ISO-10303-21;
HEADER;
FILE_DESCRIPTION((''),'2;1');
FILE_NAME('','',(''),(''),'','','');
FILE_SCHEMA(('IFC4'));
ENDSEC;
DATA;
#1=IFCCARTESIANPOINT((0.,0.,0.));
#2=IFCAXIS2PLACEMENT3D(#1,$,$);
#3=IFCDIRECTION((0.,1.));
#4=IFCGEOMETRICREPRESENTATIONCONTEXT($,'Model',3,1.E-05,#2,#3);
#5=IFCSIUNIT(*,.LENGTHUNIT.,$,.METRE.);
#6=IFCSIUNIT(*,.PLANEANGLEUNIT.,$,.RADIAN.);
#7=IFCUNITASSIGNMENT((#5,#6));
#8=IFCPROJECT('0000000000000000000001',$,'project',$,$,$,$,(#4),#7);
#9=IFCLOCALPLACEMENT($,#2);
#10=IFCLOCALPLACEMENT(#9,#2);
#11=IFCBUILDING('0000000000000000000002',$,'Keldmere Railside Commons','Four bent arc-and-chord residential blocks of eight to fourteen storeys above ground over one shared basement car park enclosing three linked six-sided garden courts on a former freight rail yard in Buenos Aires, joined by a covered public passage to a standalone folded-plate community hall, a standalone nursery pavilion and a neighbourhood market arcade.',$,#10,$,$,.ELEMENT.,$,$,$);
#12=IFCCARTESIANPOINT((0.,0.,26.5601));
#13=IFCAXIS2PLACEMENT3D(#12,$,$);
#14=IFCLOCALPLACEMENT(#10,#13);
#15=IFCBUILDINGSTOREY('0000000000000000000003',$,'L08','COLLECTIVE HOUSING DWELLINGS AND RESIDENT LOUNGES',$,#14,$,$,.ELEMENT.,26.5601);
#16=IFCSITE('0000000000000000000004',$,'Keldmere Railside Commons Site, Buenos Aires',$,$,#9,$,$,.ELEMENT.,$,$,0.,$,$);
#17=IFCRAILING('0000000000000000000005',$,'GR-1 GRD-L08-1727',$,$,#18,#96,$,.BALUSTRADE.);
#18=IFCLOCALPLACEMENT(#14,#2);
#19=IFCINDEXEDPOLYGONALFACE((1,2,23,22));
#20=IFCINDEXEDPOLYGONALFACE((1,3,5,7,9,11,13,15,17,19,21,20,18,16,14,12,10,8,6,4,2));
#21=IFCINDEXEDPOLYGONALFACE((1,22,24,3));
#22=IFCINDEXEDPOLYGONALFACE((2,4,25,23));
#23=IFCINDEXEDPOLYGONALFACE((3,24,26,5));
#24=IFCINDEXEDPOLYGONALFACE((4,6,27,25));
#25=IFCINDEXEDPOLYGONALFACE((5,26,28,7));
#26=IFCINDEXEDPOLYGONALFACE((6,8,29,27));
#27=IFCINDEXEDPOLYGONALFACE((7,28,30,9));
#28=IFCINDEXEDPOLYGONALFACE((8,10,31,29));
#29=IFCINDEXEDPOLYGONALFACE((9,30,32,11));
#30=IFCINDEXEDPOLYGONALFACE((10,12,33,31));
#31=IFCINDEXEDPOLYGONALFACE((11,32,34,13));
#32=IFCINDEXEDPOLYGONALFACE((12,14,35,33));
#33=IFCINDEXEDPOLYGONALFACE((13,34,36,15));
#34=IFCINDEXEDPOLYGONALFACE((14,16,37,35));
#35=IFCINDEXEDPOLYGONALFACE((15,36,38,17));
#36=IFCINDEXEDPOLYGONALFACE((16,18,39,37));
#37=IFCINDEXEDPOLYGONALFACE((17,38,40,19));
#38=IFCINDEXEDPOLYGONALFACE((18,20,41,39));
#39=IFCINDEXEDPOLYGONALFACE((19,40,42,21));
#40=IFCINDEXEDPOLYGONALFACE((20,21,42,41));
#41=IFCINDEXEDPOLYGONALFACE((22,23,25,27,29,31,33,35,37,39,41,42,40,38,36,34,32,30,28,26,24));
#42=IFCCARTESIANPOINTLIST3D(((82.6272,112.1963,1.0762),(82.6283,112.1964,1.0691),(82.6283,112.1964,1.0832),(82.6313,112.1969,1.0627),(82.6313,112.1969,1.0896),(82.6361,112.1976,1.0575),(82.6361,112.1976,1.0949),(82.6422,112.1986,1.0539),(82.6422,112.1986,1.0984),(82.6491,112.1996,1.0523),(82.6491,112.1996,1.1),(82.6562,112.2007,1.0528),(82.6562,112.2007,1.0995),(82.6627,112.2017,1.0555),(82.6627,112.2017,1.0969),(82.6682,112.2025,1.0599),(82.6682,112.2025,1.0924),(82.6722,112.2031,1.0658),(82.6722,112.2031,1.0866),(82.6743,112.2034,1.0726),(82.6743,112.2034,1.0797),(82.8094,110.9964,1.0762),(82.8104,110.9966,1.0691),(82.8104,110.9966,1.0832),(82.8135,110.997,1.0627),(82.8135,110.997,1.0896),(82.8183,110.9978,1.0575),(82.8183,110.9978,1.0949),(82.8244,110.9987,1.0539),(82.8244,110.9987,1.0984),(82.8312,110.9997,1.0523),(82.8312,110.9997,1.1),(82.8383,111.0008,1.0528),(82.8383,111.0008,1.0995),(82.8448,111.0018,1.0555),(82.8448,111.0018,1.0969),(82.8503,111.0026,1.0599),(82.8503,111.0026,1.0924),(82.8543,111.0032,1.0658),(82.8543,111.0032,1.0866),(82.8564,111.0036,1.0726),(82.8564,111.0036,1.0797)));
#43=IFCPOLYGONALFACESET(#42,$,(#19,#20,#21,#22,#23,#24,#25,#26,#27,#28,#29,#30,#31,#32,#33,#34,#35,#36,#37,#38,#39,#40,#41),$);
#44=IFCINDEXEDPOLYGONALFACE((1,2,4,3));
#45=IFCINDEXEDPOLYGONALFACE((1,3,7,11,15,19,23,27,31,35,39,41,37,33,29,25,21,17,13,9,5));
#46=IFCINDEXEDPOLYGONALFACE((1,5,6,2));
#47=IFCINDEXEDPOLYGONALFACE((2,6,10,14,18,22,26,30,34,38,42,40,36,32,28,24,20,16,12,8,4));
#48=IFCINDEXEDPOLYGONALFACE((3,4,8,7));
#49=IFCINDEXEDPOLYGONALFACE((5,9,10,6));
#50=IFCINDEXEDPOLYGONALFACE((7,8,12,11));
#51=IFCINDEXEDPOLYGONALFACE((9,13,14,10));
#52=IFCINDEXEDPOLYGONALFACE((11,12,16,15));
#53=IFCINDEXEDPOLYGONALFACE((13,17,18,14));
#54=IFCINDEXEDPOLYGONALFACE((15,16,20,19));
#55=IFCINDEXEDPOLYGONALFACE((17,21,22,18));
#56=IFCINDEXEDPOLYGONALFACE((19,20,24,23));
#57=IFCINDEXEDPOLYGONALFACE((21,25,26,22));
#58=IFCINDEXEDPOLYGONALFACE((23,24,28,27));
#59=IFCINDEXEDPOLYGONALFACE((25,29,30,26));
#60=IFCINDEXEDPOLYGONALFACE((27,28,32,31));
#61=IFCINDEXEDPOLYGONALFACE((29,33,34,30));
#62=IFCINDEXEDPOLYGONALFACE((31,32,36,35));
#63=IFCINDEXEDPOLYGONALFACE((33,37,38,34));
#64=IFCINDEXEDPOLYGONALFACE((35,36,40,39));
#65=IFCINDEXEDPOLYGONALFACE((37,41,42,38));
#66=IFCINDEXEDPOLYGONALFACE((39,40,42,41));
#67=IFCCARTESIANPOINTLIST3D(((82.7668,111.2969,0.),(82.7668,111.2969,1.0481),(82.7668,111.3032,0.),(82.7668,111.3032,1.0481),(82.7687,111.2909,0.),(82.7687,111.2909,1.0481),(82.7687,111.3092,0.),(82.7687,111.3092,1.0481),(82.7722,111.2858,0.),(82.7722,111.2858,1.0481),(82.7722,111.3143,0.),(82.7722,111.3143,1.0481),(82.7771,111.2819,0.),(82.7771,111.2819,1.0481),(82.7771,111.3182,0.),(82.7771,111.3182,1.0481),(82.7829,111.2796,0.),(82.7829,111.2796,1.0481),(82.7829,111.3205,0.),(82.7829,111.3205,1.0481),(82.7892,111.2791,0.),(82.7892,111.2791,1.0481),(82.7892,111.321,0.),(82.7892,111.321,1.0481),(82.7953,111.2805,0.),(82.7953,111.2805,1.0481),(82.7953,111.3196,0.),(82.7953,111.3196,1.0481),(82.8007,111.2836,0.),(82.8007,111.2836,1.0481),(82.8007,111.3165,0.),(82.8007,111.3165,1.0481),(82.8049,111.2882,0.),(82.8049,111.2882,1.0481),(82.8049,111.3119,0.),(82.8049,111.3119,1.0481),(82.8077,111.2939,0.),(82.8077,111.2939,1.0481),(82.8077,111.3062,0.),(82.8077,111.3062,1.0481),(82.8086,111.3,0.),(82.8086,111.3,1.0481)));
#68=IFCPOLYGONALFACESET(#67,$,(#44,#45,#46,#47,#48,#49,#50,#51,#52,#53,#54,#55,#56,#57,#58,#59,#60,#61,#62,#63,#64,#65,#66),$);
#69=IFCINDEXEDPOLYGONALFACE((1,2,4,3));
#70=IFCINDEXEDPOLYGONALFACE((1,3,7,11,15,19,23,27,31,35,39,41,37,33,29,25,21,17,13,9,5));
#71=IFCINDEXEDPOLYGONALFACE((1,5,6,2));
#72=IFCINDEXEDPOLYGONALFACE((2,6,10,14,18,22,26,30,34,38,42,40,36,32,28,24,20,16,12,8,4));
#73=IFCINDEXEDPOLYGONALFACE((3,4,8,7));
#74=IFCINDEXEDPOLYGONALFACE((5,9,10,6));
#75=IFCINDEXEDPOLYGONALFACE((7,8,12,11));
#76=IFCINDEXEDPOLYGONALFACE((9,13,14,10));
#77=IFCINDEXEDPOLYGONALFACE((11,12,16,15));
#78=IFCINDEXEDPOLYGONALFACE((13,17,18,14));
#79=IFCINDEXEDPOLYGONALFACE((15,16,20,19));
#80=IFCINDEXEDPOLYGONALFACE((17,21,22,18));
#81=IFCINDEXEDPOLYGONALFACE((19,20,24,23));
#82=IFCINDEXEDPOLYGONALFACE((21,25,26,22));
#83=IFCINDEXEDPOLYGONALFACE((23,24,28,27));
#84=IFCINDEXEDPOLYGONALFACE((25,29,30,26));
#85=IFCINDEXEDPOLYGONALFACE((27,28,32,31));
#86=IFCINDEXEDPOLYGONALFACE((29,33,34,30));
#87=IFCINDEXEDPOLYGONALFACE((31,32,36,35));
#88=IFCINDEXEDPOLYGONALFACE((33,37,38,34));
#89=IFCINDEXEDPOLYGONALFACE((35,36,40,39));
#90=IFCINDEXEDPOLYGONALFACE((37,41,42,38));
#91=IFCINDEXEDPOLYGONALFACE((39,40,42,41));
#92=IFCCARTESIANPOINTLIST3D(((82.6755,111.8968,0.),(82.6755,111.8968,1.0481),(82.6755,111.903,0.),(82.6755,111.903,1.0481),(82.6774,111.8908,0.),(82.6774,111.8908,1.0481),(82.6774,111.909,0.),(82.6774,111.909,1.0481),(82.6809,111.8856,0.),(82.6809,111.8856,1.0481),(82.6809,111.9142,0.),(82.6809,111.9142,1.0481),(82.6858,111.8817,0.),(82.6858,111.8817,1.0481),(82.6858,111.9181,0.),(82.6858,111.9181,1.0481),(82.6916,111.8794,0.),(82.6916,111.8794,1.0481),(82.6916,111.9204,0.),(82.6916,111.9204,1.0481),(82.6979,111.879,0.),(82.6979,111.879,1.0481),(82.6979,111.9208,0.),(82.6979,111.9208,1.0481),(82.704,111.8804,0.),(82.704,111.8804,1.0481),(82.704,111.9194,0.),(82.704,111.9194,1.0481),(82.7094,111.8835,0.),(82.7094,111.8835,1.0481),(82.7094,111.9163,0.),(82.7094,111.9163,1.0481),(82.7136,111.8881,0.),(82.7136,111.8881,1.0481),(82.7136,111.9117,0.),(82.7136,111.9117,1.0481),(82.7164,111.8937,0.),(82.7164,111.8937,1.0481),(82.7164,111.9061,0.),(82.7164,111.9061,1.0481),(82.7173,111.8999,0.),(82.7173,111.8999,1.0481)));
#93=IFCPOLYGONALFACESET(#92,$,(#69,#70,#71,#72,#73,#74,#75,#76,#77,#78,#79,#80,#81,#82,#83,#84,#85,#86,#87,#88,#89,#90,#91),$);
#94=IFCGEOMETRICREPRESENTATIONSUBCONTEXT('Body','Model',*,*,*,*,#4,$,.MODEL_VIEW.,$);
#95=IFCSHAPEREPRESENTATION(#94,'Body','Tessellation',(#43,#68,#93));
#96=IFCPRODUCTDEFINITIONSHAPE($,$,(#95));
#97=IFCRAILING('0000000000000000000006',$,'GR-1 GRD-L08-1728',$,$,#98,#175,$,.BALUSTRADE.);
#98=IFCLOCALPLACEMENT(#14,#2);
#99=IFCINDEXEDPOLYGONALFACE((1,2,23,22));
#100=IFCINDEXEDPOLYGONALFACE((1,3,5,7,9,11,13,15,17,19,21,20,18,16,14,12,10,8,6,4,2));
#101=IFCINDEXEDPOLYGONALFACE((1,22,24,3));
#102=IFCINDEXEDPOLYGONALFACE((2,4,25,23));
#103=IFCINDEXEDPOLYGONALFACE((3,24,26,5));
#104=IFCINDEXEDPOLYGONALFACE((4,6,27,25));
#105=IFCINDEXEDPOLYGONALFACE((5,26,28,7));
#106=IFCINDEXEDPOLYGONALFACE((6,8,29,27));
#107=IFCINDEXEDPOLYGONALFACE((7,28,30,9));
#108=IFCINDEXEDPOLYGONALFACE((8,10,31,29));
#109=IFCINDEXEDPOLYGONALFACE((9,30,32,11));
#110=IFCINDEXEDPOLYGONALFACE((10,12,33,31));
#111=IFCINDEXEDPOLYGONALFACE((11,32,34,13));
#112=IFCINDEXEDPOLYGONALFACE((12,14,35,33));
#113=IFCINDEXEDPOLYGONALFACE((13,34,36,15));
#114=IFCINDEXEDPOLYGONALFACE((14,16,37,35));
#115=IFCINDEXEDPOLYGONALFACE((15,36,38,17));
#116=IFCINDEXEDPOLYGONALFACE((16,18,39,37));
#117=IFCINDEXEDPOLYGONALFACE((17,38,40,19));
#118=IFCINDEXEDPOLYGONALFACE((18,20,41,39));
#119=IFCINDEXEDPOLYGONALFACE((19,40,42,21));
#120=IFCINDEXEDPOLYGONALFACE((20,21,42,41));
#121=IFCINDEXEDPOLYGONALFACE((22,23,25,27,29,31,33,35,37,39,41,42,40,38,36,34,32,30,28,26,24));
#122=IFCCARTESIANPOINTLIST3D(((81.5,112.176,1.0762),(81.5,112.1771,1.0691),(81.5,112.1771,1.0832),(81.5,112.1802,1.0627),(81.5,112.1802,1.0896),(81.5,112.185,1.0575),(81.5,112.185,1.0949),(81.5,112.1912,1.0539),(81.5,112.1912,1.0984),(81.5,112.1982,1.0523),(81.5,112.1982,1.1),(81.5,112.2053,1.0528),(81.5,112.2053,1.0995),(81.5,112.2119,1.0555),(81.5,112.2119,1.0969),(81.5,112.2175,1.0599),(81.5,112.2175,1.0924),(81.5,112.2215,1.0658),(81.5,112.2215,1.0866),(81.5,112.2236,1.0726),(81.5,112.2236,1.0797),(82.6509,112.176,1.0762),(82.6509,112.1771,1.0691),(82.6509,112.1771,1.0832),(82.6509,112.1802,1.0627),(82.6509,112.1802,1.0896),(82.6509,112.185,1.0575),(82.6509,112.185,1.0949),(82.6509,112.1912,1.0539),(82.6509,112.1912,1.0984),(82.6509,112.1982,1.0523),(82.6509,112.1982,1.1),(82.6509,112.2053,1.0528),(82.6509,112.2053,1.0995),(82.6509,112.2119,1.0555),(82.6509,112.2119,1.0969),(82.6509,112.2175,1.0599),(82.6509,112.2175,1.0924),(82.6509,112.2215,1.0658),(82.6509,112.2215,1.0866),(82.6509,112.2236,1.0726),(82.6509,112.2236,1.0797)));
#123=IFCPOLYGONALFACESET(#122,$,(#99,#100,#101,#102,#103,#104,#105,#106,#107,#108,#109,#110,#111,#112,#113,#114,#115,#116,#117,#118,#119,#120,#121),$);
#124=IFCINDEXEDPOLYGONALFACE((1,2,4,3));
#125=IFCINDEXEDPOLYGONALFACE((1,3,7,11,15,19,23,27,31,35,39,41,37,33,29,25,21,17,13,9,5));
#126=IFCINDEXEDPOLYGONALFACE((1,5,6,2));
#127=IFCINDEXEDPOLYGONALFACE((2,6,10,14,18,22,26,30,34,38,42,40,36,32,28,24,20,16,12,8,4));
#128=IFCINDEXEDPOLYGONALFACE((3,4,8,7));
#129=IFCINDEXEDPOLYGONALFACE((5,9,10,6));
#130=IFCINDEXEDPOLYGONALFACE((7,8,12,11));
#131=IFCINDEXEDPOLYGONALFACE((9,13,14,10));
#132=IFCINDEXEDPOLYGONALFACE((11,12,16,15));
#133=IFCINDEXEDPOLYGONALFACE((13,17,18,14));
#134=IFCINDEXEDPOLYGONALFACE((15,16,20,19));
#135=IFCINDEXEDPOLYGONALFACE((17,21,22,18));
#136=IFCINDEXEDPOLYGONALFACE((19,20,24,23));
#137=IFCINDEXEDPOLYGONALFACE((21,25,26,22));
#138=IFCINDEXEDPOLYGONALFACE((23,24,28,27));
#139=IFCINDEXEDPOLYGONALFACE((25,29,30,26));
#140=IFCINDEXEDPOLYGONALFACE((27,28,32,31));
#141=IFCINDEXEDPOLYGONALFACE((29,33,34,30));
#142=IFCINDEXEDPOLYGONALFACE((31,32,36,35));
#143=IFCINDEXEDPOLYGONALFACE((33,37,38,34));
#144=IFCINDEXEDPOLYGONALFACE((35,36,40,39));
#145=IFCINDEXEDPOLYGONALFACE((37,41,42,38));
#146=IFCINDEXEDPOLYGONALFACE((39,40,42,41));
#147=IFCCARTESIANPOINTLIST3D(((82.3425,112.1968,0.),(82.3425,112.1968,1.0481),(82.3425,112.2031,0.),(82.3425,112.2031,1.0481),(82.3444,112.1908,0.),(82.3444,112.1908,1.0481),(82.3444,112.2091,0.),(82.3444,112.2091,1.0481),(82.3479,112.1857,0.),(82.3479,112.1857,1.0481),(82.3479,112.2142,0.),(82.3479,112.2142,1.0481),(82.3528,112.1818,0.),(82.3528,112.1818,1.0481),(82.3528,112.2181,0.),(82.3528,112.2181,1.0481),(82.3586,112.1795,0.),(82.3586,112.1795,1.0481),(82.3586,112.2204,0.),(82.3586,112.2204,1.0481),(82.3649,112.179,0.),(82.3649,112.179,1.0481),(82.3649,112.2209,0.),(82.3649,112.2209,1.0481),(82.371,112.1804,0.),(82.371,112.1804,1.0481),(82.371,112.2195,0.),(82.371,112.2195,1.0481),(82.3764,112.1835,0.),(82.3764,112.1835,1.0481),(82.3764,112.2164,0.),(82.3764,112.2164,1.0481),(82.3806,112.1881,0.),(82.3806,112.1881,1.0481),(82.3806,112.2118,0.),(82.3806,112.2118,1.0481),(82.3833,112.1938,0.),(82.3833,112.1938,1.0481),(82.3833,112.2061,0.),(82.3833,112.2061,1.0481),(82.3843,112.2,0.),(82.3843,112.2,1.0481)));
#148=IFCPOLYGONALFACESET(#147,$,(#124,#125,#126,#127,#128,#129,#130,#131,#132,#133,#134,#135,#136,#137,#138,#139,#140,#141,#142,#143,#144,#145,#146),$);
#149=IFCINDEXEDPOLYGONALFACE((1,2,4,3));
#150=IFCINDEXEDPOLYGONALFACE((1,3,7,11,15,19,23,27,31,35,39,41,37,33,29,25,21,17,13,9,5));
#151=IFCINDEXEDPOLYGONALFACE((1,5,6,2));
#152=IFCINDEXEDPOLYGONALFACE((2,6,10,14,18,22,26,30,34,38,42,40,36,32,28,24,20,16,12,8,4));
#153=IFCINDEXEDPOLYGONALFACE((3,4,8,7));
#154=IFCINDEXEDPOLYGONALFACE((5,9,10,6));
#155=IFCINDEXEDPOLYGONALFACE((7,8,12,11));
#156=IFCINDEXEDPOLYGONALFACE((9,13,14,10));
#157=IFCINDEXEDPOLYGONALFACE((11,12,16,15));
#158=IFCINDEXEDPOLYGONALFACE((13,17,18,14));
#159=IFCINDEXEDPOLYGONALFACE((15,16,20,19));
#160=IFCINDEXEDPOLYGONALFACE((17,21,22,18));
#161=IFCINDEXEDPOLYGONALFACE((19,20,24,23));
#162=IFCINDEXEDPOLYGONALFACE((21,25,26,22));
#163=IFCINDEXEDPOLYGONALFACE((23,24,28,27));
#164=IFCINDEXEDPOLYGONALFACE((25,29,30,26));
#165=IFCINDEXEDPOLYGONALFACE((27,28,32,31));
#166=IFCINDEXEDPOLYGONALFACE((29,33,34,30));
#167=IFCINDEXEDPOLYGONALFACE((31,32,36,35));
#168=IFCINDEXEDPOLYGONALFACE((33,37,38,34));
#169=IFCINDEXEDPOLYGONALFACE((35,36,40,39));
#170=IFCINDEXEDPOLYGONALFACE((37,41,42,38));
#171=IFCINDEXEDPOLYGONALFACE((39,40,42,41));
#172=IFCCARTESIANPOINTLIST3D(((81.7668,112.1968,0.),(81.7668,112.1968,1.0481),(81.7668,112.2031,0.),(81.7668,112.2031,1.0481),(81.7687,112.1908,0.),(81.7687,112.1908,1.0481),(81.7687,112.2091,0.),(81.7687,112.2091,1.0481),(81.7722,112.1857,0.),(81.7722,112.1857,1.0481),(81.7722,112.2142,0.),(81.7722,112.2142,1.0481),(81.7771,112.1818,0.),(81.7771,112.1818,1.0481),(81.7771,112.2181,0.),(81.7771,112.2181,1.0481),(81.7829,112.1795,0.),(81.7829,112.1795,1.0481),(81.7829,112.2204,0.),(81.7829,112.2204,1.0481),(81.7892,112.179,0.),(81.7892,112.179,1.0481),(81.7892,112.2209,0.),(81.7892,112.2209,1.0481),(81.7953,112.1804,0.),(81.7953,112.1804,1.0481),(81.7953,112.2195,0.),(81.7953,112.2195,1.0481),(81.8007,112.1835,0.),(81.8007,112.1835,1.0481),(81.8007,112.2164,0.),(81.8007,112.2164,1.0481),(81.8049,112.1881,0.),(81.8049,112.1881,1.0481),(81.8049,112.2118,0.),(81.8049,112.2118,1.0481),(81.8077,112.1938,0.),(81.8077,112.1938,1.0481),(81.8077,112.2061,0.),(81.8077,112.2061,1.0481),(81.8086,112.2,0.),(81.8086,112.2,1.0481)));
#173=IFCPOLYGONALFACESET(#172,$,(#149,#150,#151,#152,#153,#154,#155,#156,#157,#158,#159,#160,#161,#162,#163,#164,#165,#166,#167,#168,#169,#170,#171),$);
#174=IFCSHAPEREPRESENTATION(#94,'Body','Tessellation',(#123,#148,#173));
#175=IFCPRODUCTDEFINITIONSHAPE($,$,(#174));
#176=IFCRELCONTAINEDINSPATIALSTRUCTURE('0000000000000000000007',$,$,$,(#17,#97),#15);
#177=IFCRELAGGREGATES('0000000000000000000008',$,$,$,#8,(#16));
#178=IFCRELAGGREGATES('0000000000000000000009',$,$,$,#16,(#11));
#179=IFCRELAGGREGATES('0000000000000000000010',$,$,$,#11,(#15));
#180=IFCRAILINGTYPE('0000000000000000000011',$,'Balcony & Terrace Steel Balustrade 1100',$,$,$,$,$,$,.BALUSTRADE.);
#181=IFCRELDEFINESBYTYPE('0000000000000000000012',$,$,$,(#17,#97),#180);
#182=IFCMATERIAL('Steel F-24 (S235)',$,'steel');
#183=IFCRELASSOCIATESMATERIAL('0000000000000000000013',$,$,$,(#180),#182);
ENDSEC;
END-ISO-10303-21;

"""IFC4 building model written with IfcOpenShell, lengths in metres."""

from ifc_helpers import new_model, si_unit, direction, frame, origin, origin_2d, place, context, subcontext, project, spatial, circle, extrude, material, type_object, element, save


model = new_model("IFC4")

# Units and contexts
model_context = context("Model", 3, precision=1e-05, world=origin(), true_north=direction((0.0, 1.0)))
body_context = subcontext(model_context, "Body", "Model", "MODEL_VIEW")
ifc_project = project(units=[si_unit("LENGTHUNIT", "METRE"), si_unit("PLANEANGLEUNIT", "RADIAN")], contexts=[model_context])

# Site, building, storey
site_placement = place(None, origin())
site = spatial("IfcSite", under=ifc_project, at=site_placement, Name="Keldmere Railside Commons Site, Buenos Aires", CompositionType="ELEMENT", RefElevation=0.0)
building_placement = place(site_placement, origin())
building = spatial("IfcBuilding", under=site, at=building_placement, Name="Keldmere Railside Commons", Description="Four bent arc-and-chord residential blocks of eight to fourteen storeys above ground over one shared basement car park enclosing three linked six-sided garden courts on a former freight rail yard in Buenos Aires, joined by a covered public passage to a standalone folded-plate community hall, a standalone nursery pavilion and a neighbourhood market arcade.", CompositionType="ELEMENT")
storey_placement = place(building_placement, frame((0.0, 0.0, 26.5601)))
storey = spatial("IfcBuildingStorey", under=building, at=storey_placement, Name="L08", Description="COLLECTIVE HOUSING DWELLINGS AND RESIDENT LOUNGES", CompositionType="ELEMENT", Elevation=26.5601)

# Railings
ifc_material_1 = material(Name="Steel F-24 (S235)", Category="steel")
railing_type = type_object("IfcRailingType", Name="Balcony & Terrace Steel Balustrade 1100", PredefinedType="BALUSTRADE", material=ifc_material_1)
railing_1_placement = place(storey_placement, frame((82.833, 111.0, 0.0)))
element("IfcRailing", 1, at=railing_1_placement, inside=storey, type_object=railing_type, Name="GR-1 GRD-L08-1727", PredefinedType="BALUSTRADE", context=body_context, shape_type="SweptSolid", body=[
    extrude(circle(Radius=0.0239, at=origin_2d()), frame((0.0, 0.0, 1.0762), z_axis=(-0.150062, 0.988677, 0.0), x_axis=(-0.988677, -0.150062, 0.0)), (0.0, 0.0, 1.0), 1.2136),
    extrude(circle(Radius=0.021, at=origin_2d()), frame((-0.0454, 0.3, 0.0)), (0.0, 0.0, 1.0), 1.0481),
    extrude(circle(Radius=0.021, at=origin_2d()), frame((-0.1367, 0.8999, 0.0)), (0.0, 0.0, 1.0), 1.0481),
])
railing_2_placement = place(storey_placement, frame((82.6509, 112.2, 0.0)))
element("IfcRailing", 2, at=railing_2_placement, inside=storey, type_object=railing_type, Name="GR-1 GRD-L08-1728", PredefinedType="BALUSTRADE", context=body_context, shape_type="SweptSolid", body=[
    extrude(circle(Radius=0.0239, at=origin_2d()), frame((0.0, 0.0, 1.0762), z_axis=(-1.0, 0.0, 0.0), x_axis=(0.0, -1.0, 0.0)), (0.0, 0.0, 1.0), 1.1509),
    extrude(circle(Radius=0.021, at=origin_2d()), frame((-0.2876, 0.0, 0.0)), (0.0, 0.0, 1.0), 1.0481),
    extrude(circle(Radius=0.021, at=origin_2d()), frame((-0.8633, 0.0, 0.0)), (0.0, 0.0, 1.0), 1.0481),
])

save(model, "model.ifc")
